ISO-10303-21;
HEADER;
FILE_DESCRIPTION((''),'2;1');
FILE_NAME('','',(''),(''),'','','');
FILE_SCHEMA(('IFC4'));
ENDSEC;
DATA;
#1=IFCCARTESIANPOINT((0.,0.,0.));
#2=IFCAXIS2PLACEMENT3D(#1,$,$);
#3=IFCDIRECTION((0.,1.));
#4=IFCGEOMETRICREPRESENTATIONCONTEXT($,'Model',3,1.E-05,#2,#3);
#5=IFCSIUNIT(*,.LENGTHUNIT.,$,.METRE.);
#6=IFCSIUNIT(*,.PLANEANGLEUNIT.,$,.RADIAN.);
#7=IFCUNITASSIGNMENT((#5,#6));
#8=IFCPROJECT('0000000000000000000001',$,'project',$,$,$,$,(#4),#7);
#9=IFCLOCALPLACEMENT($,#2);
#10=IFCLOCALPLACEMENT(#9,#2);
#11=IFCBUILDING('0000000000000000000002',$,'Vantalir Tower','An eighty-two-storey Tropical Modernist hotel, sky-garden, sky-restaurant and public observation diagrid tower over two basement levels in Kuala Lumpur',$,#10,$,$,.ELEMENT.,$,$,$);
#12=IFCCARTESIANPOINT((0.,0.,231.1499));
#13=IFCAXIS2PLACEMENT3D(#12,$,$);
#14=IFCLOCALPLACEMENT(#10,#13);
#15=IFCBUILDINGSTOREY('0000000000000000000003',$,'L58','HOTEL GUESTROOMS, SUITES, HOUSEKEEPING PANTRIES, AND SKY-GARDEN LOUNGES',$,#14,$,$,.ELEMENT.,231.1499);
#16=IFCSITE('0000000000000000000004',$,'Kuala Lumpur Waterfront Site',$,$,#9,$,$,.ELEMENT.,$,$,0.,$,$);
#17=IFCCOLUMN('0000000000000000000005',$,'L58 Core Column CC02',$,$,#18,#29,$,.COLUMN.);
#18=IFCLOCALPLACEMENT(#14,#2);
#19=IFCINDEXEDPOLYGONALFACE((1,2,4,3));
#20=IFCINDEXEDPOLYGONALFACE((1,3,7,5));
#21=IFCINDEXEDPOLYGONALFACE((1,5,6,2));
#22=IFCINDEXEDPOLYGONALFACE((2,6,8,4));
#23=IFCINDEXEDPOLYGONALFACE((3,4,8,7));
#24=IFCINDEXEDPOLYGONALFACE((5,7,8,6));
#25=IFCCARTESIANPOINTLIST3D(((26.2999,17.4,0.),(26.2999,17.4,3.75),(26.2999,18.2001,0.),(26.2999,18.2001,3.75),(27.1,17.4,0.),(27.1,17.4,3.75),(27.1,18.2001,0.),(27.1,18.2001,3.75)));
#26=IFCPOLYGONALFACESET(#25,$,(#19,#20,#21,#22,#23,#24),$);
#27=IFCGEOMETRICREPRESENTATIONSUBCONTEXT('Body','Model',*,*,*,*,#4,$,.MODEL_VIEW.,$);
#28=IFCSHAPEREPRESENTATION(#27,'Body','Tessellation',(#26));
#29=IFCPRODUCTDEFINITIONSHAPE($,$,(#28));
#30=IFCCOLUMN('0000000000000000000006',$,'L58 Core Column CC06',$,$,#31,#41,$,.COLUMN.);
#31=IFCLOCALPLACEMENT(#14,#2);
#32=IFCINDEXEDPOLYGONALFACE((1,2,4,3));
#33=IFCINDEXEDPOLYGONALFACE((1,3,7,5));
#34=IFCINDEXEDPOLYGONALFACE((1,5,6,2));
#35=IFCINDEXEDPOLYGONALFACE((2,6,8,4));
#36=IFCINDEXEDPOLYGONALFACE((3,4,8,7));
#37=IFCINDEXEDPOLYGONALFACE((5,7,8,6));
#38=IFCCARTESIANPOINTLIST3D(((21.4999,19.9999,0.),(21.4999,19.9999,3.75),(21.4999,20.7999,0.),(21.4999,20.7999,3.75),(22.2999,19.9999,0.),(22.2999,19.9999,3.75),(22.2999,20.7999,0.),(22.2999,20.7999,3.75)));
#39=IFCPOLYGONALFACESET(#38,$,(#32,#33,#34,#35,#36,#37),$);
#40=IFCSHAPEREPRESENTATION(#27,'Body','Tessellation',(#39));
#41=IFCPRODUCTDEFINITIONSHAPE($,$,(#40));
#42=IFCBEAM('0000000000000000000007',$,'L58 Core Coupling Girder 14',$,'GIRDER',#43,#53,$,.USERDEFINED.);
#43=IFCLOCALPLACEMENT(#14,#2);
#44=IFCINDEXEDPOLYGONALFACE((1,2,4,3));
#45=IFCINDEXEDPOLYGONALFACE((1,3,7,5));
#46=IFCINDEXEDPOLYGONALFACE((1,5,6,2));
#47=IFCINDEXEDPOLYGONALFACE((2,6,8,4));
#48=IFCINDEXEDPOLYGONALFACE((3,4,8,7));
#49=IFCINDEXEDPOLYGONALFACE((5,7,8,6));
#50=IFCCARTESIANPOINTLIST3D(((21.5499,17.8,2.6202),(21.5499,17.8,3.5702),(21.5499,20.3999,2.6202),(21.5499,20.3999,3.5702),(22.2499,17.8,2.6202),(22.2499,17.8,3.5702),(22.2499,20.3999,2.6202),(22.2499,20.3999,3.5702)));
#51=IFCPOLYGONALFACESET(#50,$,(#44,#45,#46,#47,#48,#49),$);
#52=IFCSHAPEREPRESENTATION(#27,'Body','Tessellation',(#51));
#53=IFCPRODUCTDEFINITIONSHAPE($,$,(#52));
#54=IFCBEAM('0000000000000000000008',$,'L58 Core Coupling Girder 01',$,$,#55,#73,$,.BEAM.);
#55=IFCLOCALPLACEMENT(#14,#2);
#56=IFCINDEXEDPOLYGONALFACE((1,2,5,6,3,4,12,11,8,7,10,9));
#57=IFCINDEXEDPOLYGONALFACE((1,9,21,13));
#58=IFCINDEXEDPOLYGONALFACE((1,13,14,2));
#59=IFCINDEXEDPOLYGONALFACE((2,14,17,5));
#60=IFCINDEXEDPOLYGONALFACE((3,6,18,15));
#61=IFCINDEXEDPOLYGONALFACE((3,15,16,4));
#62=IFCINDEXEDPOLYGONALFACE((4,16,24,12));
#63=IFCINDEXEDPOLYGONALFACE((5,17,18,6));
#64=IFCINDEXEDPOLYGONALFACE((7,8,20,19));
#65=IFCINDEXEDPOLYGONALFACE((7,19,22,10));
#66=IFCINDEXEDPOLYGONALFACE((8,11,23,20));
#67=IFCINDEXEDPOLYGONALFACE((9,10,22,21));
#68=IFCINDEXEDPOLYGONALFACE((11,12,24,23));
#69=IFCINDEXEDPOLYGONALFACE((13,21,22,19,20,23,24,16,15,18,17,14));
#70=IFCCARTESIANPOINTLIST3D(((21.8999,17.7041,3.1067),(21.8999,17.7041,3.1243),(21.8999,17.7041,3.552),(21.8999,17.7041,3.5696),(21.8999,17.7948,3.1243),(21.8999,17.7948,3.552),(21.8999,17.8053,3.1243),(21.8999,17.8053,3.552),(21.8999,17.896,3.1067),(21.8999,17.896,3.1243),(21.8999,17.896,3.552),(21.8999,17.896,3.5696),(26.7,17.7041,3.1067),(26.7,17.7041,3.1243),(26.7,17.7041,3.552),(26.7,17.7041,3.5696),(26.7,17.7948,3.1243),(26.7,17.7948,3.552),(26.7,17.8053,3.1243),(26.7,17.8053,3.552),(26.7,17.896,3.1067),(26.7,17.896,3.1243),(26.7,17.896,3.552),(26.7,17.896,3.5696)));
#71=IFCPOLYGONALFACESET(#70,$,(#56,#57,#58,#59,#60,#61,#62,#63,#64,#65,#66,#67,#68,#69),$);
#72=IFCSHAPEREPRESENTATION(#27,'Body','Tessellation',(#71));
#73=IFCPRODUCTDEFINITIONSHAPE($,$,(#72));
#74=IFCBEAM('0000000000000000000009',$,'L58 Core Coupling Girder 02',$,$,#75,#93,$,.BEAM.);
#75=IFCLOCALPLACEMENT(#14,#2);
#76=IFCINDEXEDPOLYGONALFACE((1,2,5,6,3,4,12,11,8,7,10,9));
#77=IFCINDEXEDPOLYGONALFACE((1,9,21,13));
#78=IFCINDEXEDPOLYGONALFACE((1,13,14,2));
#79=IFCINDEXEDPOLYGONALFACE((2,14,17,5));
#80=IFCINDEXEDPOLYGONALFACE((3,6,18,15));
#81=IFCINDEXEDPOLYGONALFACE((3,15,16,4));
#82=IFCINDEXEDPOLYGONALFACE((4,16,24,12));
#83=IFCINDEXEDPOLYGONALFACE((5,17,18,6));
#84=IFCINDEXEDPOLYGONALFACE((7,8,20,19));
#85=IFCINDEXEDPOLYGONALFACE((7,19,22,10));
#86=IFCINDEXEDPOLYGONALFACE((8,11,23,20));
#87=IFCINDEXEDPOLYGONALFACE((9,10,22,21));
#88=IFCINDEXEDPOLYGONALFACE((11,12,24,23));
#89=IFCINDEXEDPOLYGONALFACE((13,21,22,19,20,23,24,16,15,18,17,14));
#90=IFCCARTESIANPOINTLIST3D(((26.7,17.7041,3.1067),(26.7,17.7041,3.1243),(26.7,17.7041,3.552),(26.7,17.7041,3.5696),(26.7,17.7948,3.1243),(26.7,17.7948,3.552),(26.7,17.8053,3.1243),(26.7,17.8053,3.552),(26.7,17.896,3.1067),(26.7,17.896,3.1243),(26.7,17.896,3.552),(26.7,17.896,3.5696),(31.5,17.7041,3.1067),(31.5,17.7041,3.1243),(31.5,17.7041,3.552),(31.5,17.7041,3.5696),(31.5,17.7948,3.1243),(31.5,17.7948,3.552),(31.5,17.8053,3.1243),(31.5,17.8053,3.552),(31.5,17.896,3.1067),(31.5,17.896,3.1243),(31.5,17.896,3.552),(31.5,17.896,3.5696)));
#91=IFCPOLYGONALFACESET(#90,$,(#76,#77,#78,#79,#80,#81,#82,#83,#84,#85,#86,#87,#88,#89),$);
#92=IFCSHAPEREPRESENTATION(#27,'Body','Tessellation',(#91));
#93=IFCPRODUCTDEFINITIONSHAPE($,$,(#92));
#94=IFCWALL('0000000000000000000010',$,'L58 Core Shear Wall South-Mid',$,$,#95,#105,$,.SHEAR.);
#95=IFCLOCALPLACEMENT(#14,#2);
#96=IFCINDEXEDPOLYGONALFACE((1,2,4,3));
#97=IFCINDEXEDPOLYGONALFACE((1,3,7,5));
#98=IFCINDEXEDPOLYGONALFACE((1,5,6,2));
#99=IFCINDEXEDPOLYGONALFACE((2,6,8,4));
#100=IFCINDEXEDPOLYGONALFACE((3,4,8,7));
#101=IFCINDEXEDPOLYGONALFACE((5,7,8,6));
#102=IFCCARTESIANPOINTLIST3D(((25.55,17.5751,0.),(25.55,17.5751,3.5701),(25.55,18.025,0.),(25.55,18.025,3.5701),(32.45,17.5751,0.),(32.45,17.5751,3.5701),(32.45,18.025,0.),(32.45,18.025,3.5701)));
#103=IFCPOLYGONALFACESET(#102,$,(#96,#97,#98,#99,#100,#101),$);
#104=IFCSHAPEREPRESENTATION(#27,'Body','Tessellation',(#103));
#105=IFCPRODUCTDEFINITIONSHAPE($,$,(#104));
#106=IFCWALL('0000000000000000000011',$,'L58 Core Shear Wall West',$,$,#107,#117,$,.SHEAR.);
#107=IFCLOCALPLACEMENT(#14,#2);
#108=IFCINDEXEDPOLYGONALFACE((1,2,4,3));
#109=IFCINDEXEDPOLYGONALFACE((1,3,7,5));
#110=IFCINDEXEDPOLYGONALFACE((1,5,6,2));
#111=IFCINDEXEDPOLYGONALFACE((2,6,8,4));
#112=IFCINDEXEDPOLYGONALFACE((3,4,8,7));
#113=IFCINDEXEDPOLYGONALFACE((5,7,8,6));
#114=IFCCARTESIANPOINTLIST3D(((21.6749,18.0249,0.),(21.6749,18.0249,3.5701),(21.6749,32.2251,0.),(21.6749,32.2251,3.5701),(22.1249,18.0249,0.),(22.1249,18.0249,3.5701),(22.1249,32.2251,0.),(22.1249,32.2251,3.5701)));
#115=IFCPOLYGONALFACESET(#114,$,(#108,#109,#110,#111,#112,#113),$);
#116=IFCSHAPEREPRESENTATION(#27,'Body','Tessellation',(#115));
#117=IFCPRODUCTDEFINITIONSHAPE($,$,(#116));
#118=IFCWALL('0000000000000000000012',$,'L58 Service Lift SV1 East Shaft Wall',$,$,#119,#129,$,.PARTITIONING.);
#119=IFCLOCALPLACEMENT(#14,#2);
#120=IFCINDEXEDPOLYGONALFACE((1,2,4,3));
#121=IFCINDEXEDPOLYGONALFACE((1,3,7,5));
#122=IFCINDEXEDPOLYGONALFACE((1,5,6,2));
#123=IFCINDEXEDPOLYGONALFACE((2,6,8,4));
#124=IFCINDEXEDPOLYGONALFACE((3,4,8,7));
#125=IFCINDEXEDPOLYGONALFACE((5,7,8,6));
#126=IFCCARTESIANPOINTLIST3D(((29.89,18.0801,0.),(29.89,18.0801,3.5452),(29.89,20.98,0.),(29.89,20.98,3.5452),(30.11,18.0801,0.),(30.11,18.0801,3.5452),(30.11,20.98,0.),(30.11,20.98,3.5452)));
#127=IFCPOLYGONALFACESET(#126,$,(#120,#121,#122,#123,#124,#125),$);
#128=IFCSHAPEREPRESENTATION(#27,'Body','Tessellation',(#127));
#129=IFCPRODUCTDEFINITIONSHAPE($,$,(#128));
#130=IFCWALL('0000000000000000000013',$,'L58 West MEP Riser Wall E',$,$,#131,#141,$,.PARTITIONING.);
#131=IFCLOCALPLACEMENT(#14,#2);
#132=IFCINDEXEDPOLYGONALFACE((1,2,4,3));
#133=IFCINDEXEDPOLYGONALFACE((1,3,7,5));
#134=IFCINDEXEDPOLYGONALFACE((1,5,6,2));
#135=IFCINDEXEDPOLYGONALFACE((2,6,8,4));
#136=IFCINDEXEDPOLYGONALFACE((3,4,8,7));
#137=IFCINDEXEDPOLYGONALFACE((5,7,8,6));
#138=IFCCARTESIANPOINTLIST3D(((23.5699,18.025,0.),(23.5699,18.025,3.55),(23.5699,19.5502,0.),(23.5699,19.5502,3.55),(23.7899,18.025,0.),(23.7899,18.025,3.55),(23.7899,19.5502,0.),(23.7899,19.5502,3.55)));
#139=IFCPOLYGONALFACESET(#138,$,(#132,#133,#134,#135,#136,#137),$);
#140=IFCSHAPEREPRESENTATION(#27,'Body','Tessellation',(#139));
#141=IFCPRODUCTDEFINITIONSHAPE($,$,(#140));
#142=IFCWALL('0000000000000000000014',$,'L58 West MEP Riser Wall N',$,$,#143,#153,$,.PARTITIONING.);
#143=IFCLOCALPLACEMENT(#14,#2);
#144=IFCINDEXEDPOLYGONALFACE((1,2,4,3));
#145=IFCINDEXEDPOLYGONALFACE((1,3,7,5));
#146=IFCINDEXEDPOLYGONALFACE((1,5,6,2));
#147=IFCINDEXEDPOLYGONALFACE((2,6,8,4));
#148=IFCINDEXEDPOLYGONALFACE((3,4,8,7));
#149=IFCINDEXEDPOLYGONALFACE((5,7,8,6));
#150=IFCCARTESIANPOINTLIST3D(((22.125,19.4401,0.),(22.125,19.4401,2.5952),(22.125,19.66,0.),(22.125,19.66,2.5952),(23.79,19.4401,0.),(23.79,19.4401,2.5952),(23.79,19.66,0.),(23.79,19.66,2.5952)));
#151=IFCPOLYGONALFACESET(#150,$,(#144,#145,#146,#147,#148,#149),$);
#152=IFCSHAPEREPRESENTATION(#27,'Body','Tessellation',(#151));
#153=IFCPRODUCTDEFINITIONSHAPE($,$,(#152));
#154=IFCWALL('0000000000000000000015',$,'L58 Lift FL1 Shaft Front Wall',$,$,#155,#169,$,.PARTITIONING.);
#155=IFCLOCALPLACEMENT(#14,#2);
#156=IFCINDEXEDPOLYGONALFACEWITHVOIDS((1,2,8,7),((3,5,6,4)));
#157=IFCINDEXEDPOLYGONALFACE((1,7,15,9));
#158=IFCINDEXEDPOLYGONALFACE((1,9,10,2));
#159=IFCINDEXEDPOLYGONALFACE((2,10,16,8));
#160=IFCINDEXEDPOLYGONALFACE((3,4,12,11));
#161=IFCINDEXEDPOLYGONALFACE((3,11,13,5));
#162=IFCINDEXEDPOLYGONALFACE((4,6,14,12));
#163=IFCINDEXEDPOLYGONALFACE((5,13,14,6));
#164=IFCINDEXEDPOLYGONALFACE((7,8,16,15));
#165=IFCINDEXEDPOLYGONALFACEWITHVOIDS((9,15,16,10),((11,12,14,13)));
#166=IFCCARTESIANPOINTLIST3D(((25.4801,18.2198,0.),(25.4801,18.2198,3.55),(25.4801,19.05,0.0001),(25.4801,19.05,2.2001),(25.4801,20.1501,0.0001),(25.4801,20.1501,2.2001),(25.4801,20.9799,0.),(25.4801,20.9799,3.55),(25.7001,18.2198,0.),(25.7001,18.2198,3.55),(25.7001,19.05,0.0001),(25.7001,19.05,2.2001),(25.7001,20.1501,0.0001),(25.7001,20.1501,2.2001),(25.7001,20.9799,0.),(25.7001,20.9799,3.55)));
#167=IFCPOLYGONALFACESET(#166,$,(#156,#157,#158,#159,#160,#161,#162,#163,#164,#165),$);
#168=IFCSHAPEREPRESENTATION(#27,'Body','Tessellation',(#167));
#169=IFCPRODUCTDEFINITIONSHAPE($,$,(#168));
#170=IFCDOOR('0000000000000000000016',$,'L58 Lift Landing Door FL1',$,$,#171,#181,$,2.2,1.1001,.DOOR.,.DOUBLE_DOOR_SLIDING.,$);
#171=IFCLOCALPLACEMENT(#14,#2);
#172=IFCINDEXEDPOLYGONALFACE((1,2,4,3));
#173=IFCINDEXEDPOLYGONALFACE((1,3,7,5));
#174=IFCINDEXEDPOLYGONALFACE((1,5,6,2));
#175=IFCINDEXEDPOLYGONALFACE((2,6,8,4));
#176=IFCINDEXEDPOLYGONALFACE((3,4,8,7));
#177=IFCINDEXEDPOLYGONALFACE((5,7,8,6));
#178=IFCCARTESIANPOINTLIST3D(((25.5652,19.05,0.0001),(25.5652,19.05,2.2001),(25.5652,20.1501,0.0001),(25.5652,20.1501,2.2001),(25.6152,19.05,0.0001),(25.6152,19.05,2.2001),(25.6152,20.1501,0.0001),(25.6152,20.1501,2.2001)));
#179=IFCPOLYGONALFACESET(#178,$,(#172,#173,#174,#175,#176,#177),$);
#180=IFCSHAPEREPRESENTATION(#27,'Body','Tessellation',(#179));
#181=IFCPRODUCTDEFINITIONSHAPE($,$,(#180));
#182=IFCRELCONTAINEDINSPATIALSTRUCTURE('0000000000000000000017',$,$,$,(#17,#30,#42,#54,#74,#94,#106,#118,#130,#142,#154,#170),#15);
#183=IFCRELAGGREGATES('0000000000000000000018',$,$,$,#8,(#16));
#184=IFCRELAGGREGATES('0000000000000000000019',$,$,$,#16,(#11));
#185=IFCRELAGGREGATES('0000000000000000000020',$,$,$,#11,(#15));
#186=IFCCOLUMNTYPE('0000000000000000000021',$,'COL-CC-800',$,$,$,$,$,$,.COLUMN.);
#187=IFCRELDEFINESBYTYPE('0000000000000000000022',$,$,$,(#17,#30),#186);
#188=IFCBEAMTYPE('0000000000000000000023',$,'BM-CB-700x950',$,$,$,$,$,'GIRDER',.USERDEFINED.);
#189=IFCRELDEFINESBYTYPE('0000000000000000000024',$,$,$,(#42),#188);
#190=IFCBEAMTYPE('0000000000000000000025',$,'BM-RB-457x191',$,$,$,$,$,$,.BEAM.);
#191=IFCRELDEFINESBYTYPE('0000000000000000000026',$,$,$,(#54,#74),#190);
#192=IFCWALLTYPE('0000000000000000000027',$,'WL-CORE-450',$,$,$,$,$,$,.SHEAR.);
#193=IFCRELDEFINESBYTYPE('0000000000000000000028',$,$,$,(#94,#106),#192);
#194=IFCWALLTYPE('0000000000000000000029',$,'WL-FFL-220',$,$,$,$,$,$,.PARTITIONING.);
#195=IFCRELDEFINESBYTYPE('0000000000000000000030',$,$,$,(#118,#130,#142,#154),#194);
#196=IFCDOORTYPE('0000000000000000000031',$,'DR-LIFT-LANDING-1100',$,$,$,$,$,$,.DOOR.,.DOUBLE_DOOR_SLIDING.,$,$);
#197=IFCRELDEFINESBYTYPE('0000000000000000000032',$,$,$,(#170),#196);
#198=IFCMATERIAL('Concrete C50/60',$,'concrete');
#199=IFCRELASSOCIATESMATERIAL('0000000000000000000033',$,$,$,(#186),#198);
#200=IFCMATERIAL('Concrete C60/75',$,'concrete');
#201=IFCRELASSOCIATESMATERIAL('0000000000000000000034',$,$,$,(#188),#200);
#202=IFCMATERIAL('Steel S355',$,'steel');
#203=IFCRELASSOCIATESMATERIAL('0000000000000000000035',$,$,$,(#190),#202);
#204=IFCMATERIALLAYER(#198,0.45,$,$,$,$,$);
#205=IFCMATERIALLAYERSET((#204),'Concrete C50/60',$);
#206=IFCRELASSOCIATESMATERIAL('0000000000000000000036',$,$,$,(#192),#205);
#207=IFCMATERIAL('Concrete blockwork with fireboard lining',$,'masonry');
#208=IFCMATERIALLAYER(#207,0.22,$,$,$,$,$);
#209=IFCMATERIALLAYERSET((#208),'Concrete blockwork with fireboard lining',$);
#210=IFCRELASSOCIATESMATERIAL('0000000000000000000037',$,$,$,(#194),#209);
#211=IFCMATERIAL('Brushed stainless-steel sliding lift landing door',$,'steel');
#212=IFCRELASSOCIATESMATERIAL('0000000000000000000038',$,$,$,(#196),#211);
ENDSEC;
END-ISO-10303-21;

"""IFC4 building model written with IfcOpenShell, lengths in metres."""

from ifc_helpers import new_model, si_unit, direction, frame, frame_2d, origin, origin_2d, place, context, subcontext, project, spatial, rectangle, i_section, extrude, material, layer, layer_set, material_profile, profile_set, type_object, element, fill, save


model = new_model("IFC4")

# Units and contexts
model_context = context("Model", 3, precision=1e-05, world=origin(), true_north=direction((0.0, 1.0)))
body_context = subcontext(model_context, "Body", "Model", "MODEL_VIEW")
ifc_project = project(units=[si_unit("LENGTHUNIT", "METRE"), si_unit("PLANEANGLEUNIT", "RADIAN")], contexts=[model_context])

# Site, building, storey
site_placement = place(None, origin())
site = spatial("IfcSite", under=ifc_project, at=site_placement, Name="Kuala Lumpur Waterfront Site", CompositionType="ELEMENT", RefElevation=0.0)
building_placement = place(site_placement, origin())
building = spatial("IfcBuilding", under=site, at=building_placement, Name="Vantalir Tower", Description="An eighty-two-storey Tropical Modernist hotel, sky-garden, sky-restaurant and public observation diagrid tower over two basement levels in Kuala Lumpur", CompositionType="ELEMENT")
storey_placement = place(building_placement, frame((0.0, 0.0, 231.1499)))
storey = spatial("IfcBuildingStorey", under=building, at=storey_placement, Name="L58", Description="HOTEL GUESTROOMS, SUITES, HOUSEKEEPING PANTRIES, AND SKY-GARDEN LOUNGES", CompositionType="ELEMENT", Elevation=231.1499)

# Columns
ifc_material_1 = material(Name="Concrete C50/60", Category="concrete")
ifc_material_profile_1 = material_profile(ifc_material_1, rectangle(XDim=0.8, YDim=0.8, at=origin_2d()), Name="Concrete C50/60")
ifc_profile_set_1 = profile_set([ifc_material_profile_1], Name="Concrete C50/60")
column_type = type_object("IfcColumnType", Name="COL-CC-800", PredefinedType="COLUMN", material=ifc_profile_set_1)
for number, where, z_axis, x_axis, name in (
    (1, (26.7, 17.8, 0.0), (0.0, 0.0, 1.0), (1.0, 0.0, 0.0), "L58 Core Column CC02"),
    (2, (21.8999, 20.3999, 0.0), (0.0, 0.0, 1.0), (1.0, 0.0, 0.0), "L58 Core Column CC06"),
):
    element("IfcColumn", number, at=place(storey_placement, frame(where, z_axis=z_axis, x_axis=x_axis)), inside=storey, type_object=column_type, Name=name, PredefinedType="COLUMN", context=body_context, shape_type="SweptSolid", body=[
        extrude(rectangle(XDim=0.8, YDim=0.8, at=origin_2d()), origin(), (0.0, 0.0, 1.0), 3.75),
    ])

# Beams
ifc_material_2 = material(Name="Concrete C60/75", Category="concrete")
ifc_material_profile_2 = material_profile(ifc_material_2, rectangle(XDim=0.7, YDim=0.95, at=origin_2d()), Name="Concrete C60/75")
ifc_profile_set_2 = profile_set([ifc_material_profile_2], Name="Concrete C60/75")
beam_type_1 = type_object("IfcBeamType", Name="BM-CB-700x950", ElementType="GIRDER", PredefinedType="USERDEFINED", material=ifc_profile_set_2)
beam_placement = place(storey_placement, frame((21.8999, 20.3999, 3.0952), z_axis=(0.0, -1.0, 0.0), x_axis=(1.0, 0.0, 0.0)))
element("IfcBeam", 3, at=beam_placement, inside=storey, type_object=beam_type_1, Name="L58 Core Coupling Girder 14", ObjectType="GIRDER", PredefinedType="USERDEFINED", context=body_context, shape_type="SweptSolid", body=[
    extrude(rectangle(XDim=0.7, YDim=0.95, at=origin_2d()), origin(), (0.0, 0.0, 1.0), 2.5999),
])
ifc_material_3 = material(Name="Steel S355", Category="steel")
ifc_material_profile_3 = material_profile(ifc_material_3, i_section(OverallWidth=0.1919, OverallDepth=0.4629, WebThickness=0.0105, FlangeThickness=0.0176, at=origin_2d()), Name="Steel S355")
ifc_profile_set_3 = profile_set([ifc_material_profile_3], Name="Steel S355")
beam_type_2 = type_object("IfcBeamType", Name="BM-RB-457x191", PredefinedType="BEAM", material=ifc_profile_set_3)
for number, where, z_axis, x_axis, name in (
    (4, (21.8999, 17.8, 3.3381), (1.0, 0.0, 0.0), (0.0, 1.0, 0.0), "L58 Core Coupling Girder 01"),
    (5, (26.7, 17.8, 3.3381), (1.0, 0.0, 0.0), (0.0, 1.0, 0.0), "L58 Core Coupling Girder 02"),
):
    element("IfcBeam", number, at=place(storey_placement, frame(where, z_axis=z_axis, x_axis=x_axis)), inside=storey, type_object=beam_type_2, Name=name, PredefinedType="BEAM", context=body_context, shape_type="SweptSolid", body=[
        extrude(i_section(OverallWidth=0.1919, OverallDepth=0.4629, WebThickness=0.0105, FlangeThickness=0.0176, at=origin_2d()), origin(), (0.0, 0.0, 1.0), 4.8),
    ])

# Walls
ifc_layer_1 = layer(ifc_material_1, 0.45)
ifc_layer_set_1 = layer_set([ifc_layer_1], Name="Concrete C50/60")
wall_type_1 = type_object("IfcWallType", Name="WL-CORE-450", PredefinedType="SHEAR", material=ifc_layer_set_1)
wall_1_placement = place(storey_placement, frame((25.55, 17.8, 0.0), z_axis=(0.0, 0.0, 1.0), x_axis=(1.0, 0.0, 0.0)))
element("IfcWall", 6, at=wall_1_placement, inside=storey, type_object=wall_type_1, Name="L58 Core Shear Wall South-Mid", PredefinedType="SHEAR", context=body_context, shape_type="SweptSolid", body=[
    extrude(rectangle(XDim=6.8999, YDim=0.45, at=frame_2d((3.45, 0.0))), origin(), (0.0, 0.0, 1.0), 3.5701),
])
wall_2_placement = place(storey_placement, frame((21.8999, 18.0249, 0.0), z_axis=(0.0, 0.0, 1.0), x_axis=(0.0, 1.0, 0.0)))
element("IfcWall", 7, at=wall_2_placement, inside=storey, type_object=wall_type_1, Name="L58 Core Shear Wall West", PredefinedType="SHEAR", context=body_context, shape_type="SweptSolid", body=[
    extrude(rectangle(XDim=14.2002, YDim=0.45, at=frame_2d((7.1001, 0.0))), origin(), (0.0, 0.0, 1.0), 3.5701),
])
ifc_material_4 = material(Name="Concrete blockwork with fireboard lining", Category="masonry")
ifc_layer_2 = layer(ifc_material_4, 0.22)
ifc_layer_set_2 = layer_set([ifc_layer_2], Name="Concrete blockwork with fireboard lining")
wall_type_2 = type_object("IfcWallType", Name="WL-FFL-220", PredefinedType="PARTITIONING", material=ifc_layer_set_2)
wall_3_placement = place(storey_placement, frame((30.0, 18.0801, 0.0), z_axis=(0.0, 0.0, 1.0), x_axis=(0.0, 1.0, 0.0)))
element("IfcWall", 8, at=wall_3_placement, inside=storey, type_object=wall_type_2, Name="L58 Service Lift SV1 East Shaft Wall", PredefinedType="PARTITIONING", context=body_context, shape_type="SweptSolid", body=[
    extrude(rectangle(XDim=2.8999, YDim=0.22, at=frame_2d((1.45, 0.0))), origin(), (0.0, 0.0, 1.0), 3.5452),
])
wall_4_placement = place(storey_placement, frame((23.6799, 18.0249, 0.0), z_axis=(0.0, 0.0, 1.0), x_axis=(0.0, 1.0, 0.0)))
element("IfcWall", 9, at=wall_4_placement, inside=storey, type_object=wall_type_2, Name="L58 West MEP Riser Wall E", PredefinedType="PARTITIONING", context=body_context, shape_type="SweptSolid", body=[
    extrude(rectangle(XDim=1.5251, YDim=0.22, at=frame_2d((0.7627, 0.0))), origin(), (0.0, 0.0, 1.0), 3.55),
])
wall_5_placement = place(storey_placement, frame((22.125, 19.55, 0.0), z_axis=(0.0, 0.0, 1.0), x_axis=(1.0, 0.0, 0.0)))
element("IfcWall", 10, at=wall_5_placement, inside=storey, type_object=wall_type_2, Name="L58 West MEP Riser Wall N", PredefinedType="PARTITIONING", context=body_context, shape_type="SweptSolid", body=[
    extrude(rectangle(XDim=1.665, YDim=0.22, at=frame_2d((0.8325, 0.0))), origin(), (0.0, 0.0, 1.0), 2.5952),
])

# Wall, opening, door
wall_6_placement = place(storey_placement, frame((25.5901, 18.22, 0.0), z_axis=(0.0, 0.0, 1.0), x_axis=(0.0, 1.0, 0.0)))
wall_6 = element("IfcWall", 11, at=wall_6_placement, inside=storey, type_object=wall_type_2, Name="L58 Lift FL1 Shaft Front Wall", PredefinedType="PARTITIONING", context=body_context, shape_type="SweptSolid", body=[
    extrude(rectangle(XDim=2.76, YDim=0.22, at=frame_2d((1.3799, 0.0))), origin(), (0.0, 0.0, 1.0), 3.55),
])
opening_1_placement = place(wall_6_placement, frame((0.8301, 0.0, 0.0)))
opening_1 = element("IfcOpeningElement", 12, at=opening_1_placement, cuts=wall_6, PredefinedType="OPENING", context=body_context, shape_type="SweptSolid", body=[
    extrude(rectangle(XDim=1.1001, YDim=2.2, at=frame_2d((0.55, 1.1001))), frame((0.0, 0.1199, 0.0), z_axis=(0.0, -1.0, 0.0), x_axis=(1.0, 0.0, 0.0)), (0.0, 0.0, 1.0), 0.24),
])
ifc_material_5 = material(Name="Brushed stainless-steel sliding lift landing door", Category="steel")
door_type_1 = type_object("IfcDoorType", Name="DR-LIFT-LANDING-1100", OperationType="DOUBLE_DOOR_SLIDING", PredefinedType="DOOR", material=ifc_material_5)
door_1_placement = place(opening_1_placement, origin())
door_1 = element("IfcDoor", 13, at=door_1_placement, inside=storey, type_object=door_type_1, Name="L58 Lift Landing Door FL1", OperationType="DOUBLE_DOOR_SLIDING", OverallHeight=2.2, OverallWidth=1.1001, PredefinedType="DOOR", context=body_context, shape_type="SweptSolid", body=[
    extrude(rectangle(XDim=1.1001, YDim=2.2, at=frame_2d((0.55, 1.1001))), frame((0.0, 0.0249, 0.0), z_axis=(0.0, -1.0, 0.0), x_axis=(1.0, 0.0, 0.0)), (0.0, 0.0, 1.0), 0.05),
])
fill(opening_1, door_1)

save(model, "model.ifc")
